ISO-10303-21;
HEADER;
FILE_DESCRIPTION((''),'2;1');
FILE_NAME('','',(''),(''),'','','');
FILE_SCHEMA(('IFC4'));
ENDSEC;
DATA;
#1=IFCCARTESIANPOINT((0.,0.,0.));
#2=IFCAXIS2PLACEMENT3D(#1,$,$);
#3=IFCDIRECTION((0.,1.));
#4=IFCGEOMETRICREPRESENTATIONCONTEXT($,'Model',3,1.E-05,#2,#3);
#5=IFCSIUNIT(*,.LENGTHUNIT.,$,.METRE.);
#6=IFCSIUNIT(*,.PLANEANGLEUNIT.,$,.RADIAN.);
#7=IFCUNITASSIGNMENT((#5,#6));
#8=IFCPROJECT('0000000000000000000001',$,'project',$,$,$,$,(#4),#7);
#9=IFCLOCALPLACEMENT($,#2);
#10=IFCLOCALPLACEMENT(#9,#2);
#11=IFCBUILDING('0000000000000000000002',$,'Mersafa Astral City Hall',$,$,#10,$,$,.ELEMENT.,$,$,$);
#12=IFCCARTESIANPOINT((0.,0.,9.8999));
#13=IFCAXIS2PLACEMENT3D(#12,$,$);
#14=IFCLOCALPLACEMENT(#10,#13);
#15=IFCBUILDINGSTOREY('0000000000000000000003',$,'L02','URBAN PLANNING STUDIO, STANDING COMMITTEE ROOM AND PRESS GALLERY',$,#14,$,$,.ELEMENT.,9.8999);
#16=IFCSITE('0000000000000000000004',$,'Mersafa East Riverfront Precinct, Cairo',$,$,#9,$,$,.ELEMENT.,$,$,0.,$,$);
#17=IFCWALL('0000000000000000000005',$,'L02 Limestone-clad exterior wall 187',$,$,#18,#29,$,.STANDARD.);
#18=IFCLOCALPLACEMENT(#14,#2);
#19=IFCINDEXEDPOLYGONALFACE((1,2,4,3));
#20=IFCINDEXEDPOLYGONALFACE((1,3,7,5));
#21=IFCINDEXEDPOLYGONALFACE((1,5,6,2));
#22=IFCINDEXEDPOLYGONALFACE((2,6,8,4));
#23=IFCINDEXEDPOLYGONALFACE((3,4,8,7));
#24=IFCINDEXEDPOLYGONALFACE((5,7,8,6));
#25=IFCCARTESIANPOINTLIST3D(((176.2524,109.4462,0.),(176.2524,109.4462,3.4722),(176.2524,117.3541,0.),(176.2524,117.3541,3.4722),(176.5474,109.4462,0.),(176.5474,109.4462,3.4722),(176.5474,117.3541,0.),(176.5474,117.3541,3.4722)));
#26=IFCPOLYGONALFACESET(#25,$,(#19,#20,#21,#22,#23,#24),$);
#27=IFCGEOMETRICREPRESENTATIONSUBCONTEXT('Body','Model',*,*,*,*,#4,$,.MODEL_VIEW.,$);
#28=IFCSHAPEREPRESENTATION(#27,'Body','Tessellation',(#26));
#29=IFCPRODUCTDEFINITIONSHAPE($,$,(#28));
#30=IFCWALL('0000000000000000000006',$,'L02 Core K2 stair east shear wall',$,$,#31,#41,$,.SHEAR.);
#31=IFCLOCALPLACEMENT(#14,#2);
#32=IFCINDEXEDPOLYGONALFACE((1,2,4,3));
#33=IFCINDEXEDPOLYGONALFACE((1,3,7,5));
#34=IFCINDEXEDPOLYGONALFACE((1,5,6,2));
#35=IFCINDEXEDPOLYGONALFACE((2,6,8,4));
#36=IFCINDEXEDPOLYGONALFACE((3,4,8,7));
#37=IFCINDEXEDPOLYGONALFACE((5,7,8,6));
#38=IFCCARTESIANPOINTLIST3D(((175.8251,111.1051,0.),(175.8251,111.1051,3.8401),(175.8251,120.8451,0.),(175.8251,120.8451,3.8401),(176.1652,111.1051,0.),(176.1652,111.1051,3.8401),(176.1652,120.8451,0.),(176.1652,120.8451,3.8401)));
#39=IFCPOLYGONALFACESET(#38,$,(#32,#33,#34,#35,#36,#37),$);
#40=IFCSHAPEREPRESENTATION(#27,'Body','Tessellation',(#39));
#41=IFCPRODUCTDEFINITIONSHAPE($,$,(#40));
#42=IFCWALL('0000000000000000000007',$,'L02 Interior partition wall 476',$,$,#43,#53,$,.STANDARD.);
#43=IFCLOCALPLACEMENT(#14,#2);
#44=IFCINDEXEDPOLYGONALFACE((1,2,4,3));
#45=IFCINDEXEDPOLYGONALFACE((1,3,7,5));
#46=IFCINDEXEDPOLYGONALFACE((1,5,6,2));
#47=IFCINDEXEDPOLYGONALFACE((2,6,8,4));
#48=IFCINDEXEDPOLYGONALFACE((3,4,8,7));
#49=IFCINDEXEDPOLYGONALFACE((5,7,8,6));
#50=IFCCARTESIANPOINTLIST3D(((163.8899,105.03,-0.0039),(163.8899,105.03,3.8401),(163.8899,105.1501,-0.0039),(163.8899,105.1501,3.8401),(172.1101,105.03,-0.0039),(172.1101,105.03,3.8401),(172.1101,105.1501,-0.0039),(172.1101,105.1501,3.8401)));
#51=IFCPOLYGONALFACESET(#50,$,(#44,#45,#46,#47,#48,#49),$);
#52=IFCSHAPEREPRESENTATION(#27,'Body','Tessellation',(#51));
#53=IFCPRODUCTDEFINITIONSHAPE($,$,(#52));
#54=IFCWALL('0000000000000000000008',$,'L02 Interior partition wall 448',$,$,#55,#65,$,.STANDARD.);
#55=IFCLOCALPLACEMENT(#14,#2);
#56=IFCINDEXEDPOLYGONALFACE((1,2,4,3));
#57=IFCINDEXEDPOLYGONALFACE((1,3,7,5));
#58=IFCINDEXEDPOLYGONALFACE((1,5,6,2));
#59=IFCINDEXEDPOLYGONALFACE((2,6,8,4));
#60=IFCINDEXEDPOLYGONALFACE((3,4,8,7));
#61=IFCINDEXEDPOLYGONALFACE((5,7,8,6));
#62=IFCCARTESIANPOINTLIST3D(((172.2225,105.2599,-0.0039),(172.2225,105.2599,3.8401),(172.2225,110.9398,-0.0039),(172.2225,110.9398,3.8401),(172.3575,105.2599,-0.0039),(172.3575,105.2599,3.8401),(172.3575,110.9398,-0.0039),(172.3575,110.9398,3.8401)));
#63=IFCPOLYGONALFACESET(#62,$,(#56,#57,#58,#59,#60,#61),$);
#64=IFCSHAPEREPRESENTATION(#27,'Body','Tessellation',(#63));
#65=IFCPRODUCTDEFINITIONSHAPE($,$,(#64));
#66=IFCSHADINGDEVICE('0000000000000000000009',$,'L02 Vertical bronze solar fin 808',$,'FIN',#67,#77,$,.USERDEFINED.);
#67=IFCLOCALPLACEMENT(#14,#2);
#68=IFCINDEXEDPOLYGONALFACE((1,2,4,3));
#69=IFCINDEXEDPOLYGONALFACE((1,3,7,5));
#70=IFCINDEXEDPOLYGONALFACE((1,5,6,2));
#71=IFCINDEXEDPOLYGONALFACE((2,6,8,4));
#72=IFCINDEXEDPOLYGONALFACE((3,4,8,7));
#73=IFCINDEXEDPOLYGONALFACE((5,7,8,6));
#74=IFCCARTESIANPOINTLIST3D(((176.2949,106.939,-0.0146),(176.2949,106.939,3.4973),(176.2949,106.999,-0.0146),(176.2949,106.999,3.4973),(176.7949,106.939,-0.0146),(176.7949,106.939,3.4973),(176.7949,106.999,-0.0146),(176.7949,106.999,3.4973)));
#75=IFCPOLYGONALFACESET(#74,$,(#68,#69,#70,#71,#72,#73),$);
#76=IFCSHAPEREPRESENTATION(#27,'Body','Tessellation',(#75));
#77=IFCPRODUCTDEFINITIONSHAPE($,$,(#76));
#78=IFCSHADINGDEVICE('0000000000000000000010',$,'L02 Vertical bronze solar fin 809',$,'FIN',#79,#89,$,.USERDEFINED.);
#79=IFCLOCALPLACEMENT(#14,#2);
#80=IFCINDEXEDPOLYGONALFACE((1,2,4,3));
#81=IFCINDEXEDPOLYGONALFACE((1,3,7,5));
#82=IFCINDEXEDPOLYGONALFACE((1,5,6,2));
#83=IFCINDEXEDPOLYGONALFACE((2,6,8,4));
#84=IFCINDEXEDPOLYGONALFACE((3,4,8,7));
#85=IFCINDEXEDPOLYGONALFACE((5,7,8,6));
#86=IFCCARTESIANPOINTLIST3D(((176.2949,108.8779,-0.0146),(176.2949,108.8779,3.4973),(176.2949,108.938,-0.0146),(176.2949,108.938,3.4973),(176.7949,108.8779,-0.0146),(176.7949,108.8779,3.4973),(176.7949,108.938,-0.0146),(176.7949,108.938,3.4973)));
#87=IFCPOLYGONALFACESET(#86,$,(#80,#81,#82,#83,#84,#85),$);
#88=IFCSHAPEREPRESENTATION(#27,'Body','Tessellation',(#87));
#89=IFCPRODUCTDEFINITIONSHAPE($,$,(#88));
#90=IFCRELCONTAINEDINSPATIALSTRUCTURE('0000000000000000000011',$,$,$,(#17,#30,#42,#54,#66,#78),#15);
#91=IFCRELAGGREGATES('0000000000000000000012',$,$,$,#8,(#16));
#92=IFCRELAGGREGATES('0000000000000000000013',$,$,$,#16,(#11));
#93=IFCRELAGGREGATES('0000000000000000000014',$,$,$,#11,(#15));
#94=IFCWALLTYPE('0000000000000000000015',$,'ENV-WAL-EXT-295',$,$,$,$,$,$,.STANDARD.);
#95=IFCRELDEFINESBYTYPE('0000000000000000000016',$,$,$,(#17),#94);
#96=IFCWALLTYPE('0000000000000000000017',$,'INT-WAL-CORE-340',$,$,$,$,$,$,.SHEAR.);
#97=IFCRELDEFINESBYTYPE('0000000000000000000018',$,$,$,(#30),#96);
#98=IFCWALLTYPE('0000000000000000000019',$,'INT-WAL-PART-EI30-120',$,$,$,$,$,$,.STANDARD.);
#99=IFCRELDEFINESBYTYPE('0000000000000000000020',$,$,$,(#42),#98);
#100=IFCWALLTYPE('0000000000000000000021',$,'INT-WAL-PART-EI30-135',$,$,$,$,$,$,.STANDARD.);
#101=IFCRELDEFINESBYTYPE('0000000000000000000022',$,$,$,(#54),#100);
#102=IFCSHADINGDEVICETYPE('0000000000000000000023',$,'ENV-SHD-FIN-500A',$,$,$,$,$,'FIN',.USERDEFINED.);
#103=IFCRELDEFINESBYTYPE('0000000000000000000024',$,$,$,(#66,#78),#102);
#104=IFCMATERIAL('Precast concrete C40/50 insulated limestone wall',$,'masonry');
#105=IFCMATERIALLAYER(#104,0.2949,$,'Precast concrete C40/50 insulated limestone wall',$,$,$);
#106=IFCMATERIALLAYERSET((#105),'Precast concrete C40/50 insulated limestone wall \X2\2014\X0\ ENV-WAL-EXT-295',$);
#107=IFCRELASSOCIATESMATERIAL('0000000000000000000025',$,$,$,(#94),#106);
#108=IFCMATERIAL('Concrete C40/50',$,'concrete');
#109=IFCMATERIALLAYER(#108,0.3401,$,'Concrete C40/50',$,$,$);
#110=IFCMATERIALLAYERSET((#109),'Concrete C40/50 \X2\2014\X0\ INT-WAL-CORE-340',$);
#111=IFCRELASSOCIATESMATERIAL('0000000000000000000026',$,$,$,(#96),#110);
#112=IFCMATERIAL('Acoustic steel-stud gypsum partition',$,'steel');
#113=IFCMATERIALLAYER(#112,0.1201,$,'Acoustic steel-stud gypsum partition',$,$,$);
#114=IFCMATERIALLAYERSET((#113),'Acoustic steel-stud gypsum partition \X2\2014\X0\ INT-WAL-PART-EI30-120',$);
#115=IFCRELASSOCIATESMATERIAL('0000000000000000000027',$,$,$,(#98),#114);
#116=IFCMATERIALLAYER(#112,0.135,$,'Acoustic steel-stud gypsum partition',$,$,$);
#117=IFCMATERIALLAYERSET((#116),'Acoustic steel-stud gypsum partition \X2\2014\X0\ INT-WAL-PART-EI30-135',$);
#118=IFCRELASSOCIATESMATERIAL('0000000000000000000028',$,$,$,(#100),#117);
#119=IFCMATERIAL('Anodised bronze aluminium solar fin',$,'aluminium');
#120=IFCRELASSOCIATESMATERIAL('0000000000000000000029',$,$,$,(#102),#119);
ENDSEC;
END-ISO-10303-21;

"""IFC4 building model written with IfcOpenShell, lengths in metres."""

from ifc_helpers import new_model, si_unit, direction, frame, frame_2d, origin, origin_2d, place, context, subcontext, project, spatial, rectangle, extrude, material, layer, layer_set, type_object, element, save


model = new_model("IFC4")

# Units and contexts
model_context = context("Model", 3, precision=1e-05, world=origin(), true_north=direction((0.0, 1.0)))
body_context = subcontext(model_context, "Body", "Model", "MODEL_VIEW")
ifc_project = project(units=[si_unit("LENGTHUNIT", "METRE"), si_unit("PLANEANGLEUNIT", "RADIAN")], contexts=[model_context])

# Site, building, storey
site_placement = place(None, origin())
site = spatial("IfcSite", under=ifc_project, at=site_placement, Name="Mersafa East Riverfront Precinct, Cairo", CompositionType="ELEMENT", RefElevation=0.0)
building_placement = place(site_placement, origin())
building = spatial("IfcBuilding", under=site, at=building_placement, Name="Mersafa Astral City Hall", CompositionType="ELEMENT")
storey_placement = place(building_placement, frame((0.0, 0.0, 9.8999)))
storey = spatial("IfcBuildingStorey", under=building, at=storey_placement, Name="L02", Description="URBAN PLANNING STUDIO, STANDING COMMITTEE ROOM AND PRESS GALLERY", CompositionType="ELEMENT", Elevation=9.8999)

# Walls
ifc_material_1 = material(Name="Precast concrete C40/50 insulated limestone wall", Category="masonry")
ifc_layer_1 = layer(ifc_material_1, 0.2949, Name="Precast concrete C40/50 insulated limestone wall")
ifc_layer_set_1 = layer_set([ifc_layer_1], Name="Precast concrete C40/50 insulated limestone wall — ENV-WAL-EXT-295")
wall_type_1 = type_object("IfcWallType", Name="ENV-WAL-EXT-295", PredefinedType="STANDARD", material=ifc_layer_set_1)
wall_1_placement = place(storey_placement, frame((176.3999, 109.446, 0.0), z_axis=(0.0, 0.0, 1.0), x_axis=(0.0, 1.0, 0.0)))
element("IfcWall", 1, at=wall_1_placement, inside=storey, type_object=wall_type_1, Name="L02 Limestone-clad exterior wall 187", PredefinedType="STANDARD", context=body_context, shape_type="SweptSolid", body=[
    extrude(rectangle(XDim=7.908, YDim=0.2949, at=frame_2d((3.9541, 0.0))), origin(), (0.0, 0.0, 1.0), 3.4722),
])
ifc_material_2 = material(Name="Concrete C40/50", Category="concrete")
ifc_layer_2 = layer(ifc_material_2, 0.3401, Name="Concrete C40/50")
ifc_layer_set_2 = layer_set([ifc_layer_2], Name="Concrete C40/50 — INT-WAL-CORE-340")
wall_type_2 = type_object("IfcWallType", Name="INT-WAL-CORE-340", PredefinedType="SHEAR", material=ifc_layer_set_2)
wall_2_placement = place(storey_placement, frame((175.9951, 111.105, 0.0), z_axis=(0.0, 0.0, 1.0), x_axis=(0.0, 1.0, 0.0)))
element("IfcWall", 2, at=wall_2_placement, inside=storey, type_object=wall_type_2, Name="L02 Core K2 stair east shear wall", PredefinedType="SHEAR", context=body_context, shape_type="SweptSolid", body=[
    extrude(rectangle(XDim=9.74, YDim=0.3401, at=frame_2d((4.8701, 0.0))), origin(), (0.0, 0.0, 1.0), 3.8401),
])
ifc_material_3 = material(Name="Acoustic steel-stud gypsum partition", Category="steel")
ifc_layer_3 = layer(ifc_material_3, 0.1201, Name="Acoustic steel-stud gypsum partition")
ifc_layer_set_3 = layer_set([ifc_layer_3], Name="Acoustic steel-stud gypsum partition — INT-WAL-PART-EI30-120")
wall_type_3 = type_object("IfcWallType", Name="INT-WAL-PART-EI30-120", PredefinedType="STANDARD", material=ifc_layer_set_3)
wall_3_placement = place(storey_placement, frame((172.1101, 105.0901, -0.0039), z_axis=(0.0, 0.0, 1.0), x_axis=(-1.0, 0.0, 0.0)))
element("IfcWall", 3, at=wall_3_placement, inside=storey, type_object=wall_type_3, Name="L02 Interior partition wall 476", PredefinedType="STANDARD", context=body_context, shape_type="SweptSolid", body=[
    extrude(rectangle(XDim=8.2202, YDim=0.1201, at=frame_2d((4.1101, 0.0))), origin(), (0.0, 0.0, 1.0), 3.844),
])
ifc_layer_4 = layer(ifc_material_3, 0.135, Name="Acoustic steel-stud gypsum partition")
ifc_layer_set_4 = layer_set([ifc_layer_4], Name="Acoustic steel-stud gypsum partition — INT-WAL-PART-EI30-135")
wall_type_4 = type_object("IfcWallType", Name="INT-WAL-PART-EI30-135", PredefinedType="STANDARD", material=ifc_layer_set_4)
wall_4_placement = place(storey_placement, frame((172.29, 105.26, -0.0039), z_axis=(0.0, 0.0, 1.0), x_axis=(0.0, 1.0, 0.0)))
element("IfcWall", 4, at=wall_4_placement, inside=storey, type_object=wall_type_4, Name="L02 Interior partition wall 448", PredefinedType="STANDARD", context=body_context, shape_type="SweptSolid", body=[
    extrude(rectangle(XDim=5.6799, YDim=0.135, at=frame_2d((2.8398, 0.0))), origin(), (0.0, 0.0, 1.0), 3.844),
])

# Shading devices
ifc_material_4 = material(Name="Anodised bronze aluminium solar fin", Category="aluminium")
shading_device_type = type_object("IfcShadingDeviceType", Name="ENV-SHD-FIN-500A", ElementType="FIN", PredefinedType="USERDEFINED", material=ifc_material_4)
for number, where, z_axis, x_axis, name in (
    (5, (176.5449, 106.969, -0.0146), (0.0, 0.0, 1.0), (0.0, 1.0, 0.0), "L02 Vertical bronze solar fin 808"),
    (6, (176.5449, 108.908, -0.0146), (0.0, 0.0, 1.0), (0.0, 1.0, 0.0), "L02 Vertical bronze solar fin 809"),
):
    element("IfcShadingDevice", number, at=place(storey_placement, frame(where, z_axis=z_axis, x_axis=x_axis)), inside=storey, type_object=shading_device_type, Name=name, ObjectType="FIN", PredefinedType="USERDEFINED", context=body_context, shape_type="SweptSolid", body=[
        extrude(rectangle(XDim=0.0601, YDim=0.5, at=origin_2d()), origin(), (0.0, 0.0, 1.0), 3.512),
    ])

save(model, "model.ifc")
